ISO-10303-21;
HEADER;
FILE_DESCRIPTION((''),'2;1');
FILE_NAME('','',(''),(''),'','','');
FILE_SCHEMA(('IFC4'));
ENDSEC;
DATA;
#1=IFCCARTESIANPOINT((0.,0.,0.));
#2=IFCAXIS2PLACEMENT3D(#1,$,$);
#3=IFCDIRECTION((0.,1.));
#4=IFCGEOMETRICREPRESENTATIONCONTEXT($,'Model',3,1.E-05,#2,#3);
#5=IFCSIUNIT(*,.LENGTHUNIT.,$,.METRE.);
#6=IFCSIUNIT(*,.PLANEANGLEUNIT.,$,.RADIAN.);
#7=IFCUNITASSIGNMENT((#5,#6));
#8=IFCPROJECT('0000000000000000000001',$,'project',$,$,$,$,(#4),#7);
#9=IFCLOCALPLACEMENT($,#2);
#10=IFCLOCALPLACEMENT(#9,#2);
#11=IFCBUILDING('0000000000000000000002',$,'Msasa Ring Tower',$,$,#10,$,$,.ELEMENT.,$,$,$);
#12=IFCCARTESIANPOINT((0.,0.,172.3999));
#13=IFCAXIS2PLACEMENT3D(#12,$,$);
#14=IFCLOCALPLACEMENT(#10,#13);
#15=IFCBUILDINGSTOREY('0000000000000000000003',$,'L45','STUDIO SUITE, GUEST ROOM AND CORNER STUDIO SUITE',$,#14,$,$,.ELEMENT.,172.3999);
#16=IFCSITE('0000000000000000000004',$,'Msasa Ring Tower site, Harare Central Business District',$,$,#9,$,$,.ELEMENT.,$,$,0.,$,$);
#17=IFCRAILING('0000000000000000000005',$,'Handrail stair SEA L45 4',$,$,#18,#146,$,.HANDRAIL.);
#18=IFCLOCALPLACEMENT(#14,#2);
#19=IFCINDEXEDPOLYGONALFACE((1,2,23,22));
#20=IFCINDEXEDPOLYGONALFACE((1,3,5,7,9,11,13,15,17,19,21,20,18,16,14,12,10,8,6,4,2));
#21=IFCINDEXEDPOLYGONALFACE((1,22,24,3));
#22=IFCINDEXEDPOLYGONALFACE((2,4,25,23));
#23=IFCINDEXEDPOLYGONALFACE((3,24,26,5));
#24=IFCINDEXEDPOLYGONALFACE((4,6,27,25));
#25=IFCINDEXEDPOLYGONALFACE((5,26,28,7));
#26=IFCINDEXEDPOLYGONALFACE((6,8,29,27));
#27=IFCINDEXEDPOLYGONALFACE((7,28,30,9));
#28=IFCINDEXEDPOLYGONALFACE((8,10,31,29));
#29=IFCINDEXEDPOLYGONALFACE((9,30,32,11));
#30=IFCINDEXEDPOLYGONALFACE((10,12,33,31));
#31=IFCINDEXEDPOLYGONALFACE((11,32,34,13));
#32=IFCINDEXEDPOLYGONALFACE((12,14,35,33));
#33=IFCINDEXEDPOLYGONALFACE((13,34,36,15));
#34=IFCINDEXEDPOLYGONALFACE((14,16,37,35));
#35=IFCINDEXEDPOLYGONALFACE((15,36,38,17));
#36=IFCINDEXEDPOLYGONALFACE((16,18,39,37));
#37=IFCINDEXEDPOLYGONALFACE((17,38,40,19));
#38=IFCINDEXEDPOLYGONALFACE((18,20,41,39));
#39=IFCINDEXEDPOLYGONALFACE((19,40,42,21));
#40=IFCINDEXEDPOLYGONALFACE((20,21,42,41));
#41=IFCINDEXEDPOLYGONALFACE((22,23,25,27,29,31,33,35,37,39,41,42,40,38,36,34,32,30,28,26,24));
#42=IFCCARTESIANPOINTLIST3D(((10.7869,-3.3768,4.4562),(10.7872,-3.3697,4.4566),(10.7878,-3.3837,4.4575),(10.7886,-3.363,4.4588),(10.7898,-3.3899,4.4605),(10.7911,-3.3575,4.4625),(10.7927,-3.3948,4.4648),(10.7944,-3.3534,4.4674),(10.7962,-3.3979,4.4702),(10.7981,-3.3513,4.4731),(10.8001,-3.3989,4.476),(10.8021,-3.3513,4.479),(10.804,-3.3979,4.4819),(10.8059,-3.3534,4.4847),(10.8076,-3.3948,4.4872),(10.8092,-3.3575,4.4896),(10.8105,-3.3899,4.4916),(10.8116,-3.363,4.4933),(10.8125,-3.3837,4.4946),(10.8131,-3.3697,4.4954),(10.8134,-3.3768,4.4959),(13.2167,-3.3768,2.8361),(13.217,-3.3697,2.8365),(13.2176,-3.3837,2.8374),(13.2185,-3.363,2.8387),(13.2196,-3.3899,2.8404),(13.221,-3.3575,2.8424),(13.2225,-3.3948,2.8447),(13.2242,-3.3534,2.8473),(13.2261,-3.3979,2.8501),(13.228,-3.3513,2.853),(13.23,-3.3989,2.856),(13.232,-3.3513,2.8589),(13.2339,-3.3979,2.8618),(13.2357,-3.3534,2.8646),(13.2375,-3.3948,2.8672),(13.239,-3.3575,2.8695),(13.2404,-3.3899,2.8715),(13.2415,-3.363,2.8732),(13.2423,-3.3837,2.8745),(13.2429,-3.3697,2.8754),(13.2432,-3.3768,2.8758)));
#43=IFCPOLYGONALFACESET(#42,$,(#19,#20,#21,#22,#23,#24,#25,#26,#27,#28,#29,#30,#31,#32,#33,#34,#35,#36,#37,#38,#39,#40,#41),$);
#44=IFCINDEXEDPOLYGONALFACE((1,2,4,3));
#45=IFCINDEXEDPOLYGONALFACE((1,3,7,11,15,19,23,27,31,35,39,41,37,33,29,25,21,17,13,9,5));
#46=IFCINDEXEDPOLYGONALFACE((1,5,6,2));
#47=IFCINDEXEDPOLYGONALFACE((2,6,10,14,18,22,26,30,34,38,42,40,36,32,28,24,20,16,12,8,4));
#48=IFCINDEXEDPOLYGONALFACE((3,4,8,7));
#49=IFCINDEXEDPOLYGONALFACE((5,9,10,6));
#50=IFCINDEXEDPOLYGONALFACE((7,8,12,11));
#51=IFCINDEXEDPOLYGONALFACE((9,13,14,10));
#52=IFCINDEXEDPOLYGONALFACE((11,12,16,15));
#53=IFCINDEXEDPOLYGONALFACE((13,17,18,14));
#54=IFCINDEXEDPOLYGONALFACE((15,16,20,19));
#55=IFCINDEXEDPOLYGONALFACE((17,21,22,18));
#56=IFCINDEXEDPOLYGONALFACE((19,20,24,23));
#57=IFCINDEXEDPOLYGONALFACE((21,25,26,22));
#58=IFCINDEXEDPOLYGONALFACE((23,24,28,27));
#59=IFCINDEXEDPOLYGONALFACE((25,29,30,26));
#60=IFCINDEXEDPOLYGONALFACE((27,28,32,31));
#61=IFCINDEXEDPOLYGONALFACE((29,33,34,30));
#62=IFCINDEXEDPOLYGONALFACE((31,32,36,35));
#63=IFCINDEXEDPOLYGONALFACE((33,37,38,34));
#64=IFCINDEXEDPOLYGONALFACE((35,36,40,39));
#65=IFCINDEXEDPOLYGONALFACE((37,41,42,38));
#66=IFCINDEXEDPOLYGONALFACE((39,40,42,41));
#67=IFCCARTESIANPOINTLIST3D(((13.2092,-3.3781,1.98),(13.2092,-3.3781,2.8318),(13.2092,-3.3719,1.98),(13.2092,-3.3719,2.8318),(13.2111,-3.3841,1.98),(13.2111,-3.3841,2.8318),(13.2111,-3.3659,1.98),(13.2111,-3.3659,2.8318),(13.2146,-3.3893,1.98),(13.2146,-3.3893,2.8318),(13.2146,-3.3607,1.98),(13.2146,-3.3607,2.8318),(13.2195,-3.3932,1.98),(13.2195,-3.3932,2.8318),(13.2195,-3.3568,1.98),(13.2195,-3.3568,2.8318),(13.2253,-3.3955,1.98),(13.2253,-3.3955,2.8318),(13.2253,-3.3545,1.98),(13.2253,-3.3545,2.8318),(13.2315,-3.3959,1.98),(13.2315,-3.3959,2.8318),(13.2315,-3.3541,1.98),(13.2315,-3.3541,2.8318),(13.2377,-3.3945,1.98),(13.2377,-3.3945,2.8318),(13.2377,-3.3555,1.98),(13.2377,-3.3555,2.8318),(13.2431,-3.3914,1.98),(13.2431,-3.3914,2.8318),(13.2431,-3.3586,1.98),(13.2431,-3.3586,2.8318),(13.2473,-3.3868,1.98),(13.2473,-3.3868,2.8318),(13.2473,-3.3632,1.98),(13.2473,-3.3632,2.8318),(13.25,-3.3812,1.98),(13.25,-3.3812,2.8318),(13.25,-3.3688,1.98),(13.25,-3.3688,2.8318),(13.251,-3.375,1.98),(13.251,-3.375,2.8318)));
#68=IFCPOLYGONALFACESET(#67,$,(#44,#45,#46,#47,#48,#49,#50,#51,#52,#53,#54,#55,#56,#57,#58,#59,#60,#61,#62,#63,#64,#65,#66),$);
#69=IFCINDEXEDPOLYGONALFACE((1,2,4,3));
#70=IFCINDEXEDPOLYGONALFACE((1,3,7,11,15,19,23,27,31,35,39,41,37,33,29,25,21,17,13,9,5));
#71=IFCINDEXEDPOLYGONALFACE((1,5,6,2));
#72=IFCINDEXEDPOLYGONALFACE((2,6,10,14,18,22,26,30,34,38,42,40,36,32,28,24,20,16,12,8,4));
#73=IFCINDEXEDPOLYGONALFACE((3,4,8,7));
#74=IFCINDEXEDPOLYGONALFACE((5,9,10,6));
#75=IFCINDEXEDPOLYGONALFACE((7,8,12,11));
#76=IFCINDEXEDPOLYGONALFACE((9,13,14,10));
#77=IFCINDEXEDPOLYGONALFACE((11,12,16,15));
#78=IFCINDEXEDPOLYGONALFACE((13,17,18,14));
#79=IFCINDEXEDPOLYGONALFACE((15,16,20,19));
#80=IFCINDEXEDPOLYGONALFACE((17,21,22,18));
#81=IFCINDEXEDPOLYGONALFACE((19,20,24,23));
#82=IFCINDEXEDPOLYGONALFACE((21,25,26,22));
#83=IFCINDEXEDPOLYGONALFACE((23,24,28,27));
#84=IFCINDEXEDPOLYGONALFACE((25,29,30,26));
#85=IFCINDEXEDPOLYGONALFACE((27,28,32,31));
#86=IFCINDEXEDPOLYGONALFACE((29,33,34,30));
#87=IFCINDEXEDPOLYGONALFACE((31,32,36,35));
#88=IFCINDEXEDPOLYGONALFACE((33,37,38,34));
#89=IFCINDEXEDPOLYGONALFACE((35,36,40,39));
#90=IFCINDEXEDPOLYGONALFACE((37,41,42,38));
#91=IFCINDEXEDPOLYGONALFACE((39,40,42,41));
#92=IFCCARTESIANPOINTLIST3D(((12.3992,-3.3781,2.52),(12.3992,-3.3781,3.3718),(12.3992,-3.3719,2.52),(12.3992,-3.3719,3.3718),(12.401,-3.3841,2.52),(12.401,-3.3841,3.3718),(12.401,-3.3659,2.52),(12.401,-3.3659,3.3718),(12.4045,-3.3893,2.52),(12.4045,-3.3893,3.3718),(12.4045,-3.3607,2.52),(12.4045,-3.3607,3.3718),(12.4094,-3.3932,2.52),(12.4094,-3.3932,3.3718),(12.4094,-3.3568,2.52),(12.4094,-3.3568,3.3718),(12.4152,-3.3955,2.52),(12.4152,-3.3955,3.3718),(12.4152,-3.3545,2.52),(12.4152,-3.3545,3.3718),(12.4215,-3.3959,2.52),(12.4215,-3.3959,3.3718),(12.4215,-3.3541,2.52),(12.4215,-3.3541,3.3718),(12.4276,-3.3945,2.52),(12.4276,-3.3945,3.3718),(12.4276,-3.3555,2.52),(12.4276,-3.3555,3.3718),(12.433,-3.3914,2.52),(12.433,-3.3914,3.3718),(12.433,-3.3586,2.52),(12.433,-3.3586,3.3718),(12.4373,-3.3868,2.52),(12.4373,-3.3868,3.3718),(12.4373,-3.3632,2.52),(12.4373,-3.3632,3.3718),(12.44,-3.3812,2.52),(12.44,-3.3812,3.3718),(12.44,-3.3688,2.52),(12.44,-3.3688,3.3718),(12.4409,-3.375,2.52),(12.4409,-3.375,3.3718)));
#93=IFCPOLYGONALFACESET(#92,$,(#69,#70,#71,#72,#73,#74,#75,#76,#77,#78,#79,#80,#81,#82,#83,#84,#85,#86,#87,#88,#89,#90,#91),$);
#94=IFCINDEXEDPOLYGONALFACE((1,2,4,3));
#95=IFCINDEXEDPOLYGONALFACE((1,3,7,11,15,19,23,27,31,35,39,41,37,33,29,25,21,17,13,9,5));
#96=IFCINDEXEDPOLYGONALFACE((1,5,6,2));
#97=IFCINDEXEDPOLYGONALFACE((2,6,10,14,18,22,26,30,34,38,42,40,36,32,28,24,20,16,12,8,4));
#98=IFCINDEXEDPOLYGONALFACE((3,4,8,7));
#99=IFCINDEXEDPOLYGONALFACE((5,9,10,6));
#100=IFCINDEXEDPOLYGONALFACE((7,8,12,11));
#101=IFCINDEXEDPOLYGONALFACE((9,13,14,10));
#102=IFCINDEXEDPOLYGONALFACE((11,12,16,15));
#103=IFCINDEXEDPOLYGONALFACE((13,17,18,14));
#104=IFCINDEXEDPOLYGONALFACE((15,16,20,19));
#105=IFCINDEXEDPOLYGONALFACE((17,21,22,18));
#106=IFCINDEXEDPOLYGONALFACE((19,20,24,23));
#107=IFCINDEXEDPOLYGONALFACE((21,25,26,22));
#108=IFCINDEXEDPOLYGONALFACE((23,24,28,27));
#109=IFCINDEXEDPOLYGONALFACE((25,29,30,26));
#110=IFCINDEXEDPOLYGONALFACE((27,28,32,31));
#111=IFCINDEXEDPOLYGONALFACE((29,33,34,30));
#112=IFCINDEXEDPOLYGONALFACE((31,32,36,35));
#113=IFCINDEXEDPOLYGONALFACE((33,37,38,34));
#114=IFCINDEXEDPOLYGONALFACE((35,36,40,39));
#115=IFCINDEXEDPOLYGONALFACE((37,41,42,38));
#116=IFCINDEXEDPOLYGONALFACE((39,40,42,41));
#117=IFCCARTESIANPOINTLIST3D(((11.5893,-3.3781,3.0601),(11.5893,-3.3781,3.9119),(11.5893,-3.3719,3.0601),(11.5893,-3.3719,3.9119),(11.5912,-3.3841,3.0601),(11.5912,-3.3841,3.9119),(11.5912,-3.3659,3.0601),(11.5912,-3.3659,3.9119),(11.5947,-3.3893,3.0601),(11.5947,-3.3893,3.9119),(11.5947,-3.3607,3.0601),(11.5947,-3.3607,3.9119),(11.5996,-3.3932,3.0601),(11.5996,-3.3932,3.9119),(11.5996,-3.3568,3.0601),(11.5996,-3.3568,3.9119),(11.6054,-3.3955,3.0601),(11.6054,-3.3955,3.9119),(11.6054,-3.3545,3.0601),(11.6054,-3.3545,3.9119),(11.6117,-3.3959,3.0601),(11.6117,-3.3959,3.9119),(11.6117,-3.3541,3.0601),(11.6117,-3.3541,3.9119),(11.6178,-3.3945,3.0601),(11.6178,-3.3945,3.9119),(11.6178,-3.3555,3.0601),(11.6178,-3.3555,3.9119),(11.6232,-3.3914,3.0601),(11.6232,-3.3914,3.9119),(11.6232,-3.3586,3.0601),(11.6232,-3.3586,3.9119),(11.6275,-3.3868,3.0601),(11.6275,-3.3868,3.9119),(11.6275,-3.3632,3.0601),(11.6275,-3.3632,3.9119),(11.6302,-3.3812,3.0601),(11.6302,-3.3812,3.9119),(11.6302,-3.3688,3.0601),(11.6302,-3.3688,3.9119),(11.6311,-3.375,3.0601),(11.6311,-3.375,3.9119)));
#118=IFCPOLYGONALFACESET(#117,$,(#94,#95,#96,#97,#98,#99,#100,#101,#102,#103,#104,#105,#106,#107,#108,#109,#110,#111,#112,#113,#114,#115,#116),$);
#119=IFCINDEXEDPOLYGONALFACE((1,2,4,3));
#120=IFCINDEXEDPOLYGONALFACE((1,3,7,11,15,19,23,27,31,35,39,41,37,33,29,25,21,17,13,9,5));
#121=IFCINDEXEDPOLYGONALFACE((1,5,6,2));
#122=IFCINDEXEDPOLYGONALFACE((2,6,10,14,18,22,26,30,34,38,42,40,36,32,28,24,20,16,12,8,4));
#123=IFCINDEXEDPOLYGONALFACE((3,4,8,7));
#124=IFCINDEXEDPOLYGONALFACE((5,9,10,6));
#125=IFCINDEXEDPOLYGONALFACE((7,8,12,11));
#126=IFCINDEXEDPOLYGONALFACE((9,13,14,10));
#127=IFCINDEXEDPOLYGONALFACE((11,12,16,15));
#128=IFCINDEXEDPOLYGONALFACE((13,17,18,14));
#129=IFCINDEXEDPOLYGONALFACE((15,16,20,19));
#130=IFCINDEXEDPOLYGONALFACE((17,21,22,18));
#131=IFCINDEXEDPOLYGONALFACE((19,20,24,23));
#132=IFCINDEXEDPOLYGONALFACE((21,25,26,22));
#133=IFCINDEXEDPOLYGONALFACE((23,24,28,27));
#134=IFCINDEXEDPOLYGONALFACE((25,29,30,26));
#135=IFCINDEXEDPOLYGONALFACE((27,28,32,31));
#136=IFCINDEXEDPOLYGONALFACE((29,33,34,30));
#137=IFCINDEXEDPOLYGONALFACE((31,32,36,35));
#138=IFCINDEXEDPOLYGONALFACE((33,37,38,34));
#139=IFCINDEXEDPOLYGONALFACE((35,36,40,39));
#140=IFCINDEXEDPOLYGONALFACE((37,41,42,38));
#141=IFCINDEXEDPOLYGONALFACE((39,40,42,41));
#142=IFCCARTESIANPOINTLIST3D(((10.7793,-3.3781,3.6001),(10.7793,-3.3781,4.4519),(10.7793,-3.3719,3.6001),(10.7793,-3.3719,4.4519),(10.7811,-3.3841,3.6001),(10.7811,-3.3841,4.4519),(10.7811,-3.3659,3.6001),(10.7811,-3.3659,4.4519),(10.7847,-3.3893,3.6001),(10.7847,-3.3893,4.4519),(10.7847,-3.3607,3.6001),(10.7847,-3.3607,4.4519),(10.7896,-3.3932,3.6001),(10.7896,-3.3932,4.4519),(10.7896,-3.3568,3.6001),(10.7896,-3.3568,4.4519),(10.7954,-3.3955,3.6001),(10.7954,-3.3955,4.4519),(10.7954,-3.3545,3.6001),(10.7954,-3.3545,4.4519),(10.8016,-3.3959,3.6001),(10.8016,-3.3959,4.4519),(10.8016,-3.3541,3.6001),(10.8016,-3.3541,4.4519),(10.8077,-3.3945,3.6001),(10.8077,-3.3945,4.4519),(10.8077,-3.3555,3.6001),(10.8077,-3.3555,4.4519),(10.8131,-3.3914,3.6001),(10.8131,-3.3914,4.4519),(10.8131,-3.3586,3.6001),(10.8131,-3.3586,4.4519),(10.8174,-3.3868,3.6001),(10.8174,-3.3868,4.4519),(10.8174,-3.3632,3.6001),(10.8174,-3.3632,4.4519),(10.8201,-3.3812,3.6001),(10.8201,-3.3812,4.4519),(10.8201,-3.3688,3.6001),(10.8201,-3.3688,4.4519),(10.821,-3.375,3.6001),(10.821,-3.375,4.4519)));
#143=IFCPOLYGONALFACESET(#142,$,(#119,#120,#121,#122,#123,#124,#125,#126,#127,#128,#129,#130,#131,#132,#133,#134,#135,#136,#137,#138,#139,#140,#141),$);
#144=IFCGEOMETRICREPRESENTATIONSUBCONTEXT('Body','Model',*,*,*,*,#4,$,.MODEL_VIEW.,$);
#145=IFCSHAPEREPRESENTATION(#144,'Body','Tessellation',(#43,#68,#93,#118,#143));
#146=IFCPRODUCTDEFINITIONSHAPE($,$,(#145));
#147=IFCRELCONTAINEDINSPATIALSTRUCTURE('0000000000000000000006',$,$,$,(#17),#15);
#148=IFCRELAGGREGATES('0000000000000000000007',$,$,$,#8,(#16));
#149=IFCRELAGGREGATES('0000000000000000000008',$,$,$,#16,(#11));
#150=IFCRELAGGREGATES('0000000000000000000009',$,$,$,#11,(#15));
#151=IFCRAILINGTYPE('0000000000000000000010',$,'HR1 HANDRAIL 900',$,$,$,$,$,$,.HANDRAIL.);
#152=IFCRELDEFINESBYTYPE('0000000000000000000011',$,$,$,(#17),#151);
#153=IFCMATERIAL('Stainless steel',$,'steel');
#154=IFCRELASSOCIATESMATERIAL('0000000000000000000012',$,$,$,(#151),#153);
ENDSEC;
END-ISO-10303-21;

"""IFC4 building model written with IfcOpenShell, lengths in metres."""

from ifc_helpers import new_model, si_unit, direction, frame, origin, origin_2d, place, context, subcontext, project, spatial, circle, extrude, material, type_object, element, save


model = new_model("IFC4")

# Units and contexts
model_context = context("Model", 3, precision=1e-05, world=origin(), true_north=direction((0.0, 1.0)))
body_context = subcontext(model_context, "Body", "Model", "MODEL_VIEW")
ifc_project = project(units=[si_unit("LENGTHUNIT", "METRE"), si_unit("PLANEANGLEUNIT", "RADIAN")], contexts=[model_context])

# Site, building, storey
site_placement = place(None, origin())
site = spatial("IfcSite", under=ifc_project, at=site_placement, Name="Msasa Ring Tower site, Harare Central Business District", CompositionType="ELEMENT", RefElevation=0.0)
building_placement = place(site_placement, origin())
building = spatial("IfcBuilding", under=site, at=building_placement, Name="Msasa Ring Tower", CompositionType="ELEMENT")
storey_placement = place(building_placement, frame((0.0, 0.0, 172.3999)))
storey = spatial("IfcBuildingStorey", under=building, at=storey_placement, Name="L45", Description="STUDIO SUITE, GUEST ROOM AND CORNER STUDIO SUITE", CompositionType="ELEMENT", Elevation=172.3999)

# Railing
ifc_material_1 = material(Name="Stainless steel", Category="steel")
railing_type = type_object("IfcRailingType", Name="HR1 HANDRAIL 900", PredefinedType="HANDRAIL", material=ifc_material_1)
for number, where, name in (
    (1, (13.23, -3.375, 1.98), "Handrail stair SEA L45 4"),
):
    element("IfcRailing", number, at=place(storey_placement, frame(where)), inside=storey, type_object=railing_type, Name=name, PredefinedType="HANDRAIL", context=body_context, shape_type="SweptSolid", body=[
        extrude(circle(Radius=0.0239, at=origin_2d()), frame((0.0, 0.0, 0.876), z_axis=(-0.832025, 0.0, 0.554739), x_axis=(0.0, -1.0, 0.0)), (0.0, 0.0, 1.0), 2.9204),
        extrude(circle(Radius=0.021, at=origin_2d()), origin(), (0.0, 0.0, 1.0), 0.8518),
        extrude(circle(Radius=0.021, at=origin_2d()), frame((-0.8101, 0.0, 0.54)), (0.0, 0.0, 1.0), 0.8518),
        extrude(circle(Radius=0.021, at=origin_2d()), frame((-1.6199, 0.0, 1.0801)), (0.0, 0.0, 1.0), 0.8518),
        extrude(circle(Radius=0.021, at=origin_2d()), frame((-2.4299, 0.0, 1.6201)), (0.0, 0.0, 1.0), 0.8518),
    ])

save(model, "model.ifc")
